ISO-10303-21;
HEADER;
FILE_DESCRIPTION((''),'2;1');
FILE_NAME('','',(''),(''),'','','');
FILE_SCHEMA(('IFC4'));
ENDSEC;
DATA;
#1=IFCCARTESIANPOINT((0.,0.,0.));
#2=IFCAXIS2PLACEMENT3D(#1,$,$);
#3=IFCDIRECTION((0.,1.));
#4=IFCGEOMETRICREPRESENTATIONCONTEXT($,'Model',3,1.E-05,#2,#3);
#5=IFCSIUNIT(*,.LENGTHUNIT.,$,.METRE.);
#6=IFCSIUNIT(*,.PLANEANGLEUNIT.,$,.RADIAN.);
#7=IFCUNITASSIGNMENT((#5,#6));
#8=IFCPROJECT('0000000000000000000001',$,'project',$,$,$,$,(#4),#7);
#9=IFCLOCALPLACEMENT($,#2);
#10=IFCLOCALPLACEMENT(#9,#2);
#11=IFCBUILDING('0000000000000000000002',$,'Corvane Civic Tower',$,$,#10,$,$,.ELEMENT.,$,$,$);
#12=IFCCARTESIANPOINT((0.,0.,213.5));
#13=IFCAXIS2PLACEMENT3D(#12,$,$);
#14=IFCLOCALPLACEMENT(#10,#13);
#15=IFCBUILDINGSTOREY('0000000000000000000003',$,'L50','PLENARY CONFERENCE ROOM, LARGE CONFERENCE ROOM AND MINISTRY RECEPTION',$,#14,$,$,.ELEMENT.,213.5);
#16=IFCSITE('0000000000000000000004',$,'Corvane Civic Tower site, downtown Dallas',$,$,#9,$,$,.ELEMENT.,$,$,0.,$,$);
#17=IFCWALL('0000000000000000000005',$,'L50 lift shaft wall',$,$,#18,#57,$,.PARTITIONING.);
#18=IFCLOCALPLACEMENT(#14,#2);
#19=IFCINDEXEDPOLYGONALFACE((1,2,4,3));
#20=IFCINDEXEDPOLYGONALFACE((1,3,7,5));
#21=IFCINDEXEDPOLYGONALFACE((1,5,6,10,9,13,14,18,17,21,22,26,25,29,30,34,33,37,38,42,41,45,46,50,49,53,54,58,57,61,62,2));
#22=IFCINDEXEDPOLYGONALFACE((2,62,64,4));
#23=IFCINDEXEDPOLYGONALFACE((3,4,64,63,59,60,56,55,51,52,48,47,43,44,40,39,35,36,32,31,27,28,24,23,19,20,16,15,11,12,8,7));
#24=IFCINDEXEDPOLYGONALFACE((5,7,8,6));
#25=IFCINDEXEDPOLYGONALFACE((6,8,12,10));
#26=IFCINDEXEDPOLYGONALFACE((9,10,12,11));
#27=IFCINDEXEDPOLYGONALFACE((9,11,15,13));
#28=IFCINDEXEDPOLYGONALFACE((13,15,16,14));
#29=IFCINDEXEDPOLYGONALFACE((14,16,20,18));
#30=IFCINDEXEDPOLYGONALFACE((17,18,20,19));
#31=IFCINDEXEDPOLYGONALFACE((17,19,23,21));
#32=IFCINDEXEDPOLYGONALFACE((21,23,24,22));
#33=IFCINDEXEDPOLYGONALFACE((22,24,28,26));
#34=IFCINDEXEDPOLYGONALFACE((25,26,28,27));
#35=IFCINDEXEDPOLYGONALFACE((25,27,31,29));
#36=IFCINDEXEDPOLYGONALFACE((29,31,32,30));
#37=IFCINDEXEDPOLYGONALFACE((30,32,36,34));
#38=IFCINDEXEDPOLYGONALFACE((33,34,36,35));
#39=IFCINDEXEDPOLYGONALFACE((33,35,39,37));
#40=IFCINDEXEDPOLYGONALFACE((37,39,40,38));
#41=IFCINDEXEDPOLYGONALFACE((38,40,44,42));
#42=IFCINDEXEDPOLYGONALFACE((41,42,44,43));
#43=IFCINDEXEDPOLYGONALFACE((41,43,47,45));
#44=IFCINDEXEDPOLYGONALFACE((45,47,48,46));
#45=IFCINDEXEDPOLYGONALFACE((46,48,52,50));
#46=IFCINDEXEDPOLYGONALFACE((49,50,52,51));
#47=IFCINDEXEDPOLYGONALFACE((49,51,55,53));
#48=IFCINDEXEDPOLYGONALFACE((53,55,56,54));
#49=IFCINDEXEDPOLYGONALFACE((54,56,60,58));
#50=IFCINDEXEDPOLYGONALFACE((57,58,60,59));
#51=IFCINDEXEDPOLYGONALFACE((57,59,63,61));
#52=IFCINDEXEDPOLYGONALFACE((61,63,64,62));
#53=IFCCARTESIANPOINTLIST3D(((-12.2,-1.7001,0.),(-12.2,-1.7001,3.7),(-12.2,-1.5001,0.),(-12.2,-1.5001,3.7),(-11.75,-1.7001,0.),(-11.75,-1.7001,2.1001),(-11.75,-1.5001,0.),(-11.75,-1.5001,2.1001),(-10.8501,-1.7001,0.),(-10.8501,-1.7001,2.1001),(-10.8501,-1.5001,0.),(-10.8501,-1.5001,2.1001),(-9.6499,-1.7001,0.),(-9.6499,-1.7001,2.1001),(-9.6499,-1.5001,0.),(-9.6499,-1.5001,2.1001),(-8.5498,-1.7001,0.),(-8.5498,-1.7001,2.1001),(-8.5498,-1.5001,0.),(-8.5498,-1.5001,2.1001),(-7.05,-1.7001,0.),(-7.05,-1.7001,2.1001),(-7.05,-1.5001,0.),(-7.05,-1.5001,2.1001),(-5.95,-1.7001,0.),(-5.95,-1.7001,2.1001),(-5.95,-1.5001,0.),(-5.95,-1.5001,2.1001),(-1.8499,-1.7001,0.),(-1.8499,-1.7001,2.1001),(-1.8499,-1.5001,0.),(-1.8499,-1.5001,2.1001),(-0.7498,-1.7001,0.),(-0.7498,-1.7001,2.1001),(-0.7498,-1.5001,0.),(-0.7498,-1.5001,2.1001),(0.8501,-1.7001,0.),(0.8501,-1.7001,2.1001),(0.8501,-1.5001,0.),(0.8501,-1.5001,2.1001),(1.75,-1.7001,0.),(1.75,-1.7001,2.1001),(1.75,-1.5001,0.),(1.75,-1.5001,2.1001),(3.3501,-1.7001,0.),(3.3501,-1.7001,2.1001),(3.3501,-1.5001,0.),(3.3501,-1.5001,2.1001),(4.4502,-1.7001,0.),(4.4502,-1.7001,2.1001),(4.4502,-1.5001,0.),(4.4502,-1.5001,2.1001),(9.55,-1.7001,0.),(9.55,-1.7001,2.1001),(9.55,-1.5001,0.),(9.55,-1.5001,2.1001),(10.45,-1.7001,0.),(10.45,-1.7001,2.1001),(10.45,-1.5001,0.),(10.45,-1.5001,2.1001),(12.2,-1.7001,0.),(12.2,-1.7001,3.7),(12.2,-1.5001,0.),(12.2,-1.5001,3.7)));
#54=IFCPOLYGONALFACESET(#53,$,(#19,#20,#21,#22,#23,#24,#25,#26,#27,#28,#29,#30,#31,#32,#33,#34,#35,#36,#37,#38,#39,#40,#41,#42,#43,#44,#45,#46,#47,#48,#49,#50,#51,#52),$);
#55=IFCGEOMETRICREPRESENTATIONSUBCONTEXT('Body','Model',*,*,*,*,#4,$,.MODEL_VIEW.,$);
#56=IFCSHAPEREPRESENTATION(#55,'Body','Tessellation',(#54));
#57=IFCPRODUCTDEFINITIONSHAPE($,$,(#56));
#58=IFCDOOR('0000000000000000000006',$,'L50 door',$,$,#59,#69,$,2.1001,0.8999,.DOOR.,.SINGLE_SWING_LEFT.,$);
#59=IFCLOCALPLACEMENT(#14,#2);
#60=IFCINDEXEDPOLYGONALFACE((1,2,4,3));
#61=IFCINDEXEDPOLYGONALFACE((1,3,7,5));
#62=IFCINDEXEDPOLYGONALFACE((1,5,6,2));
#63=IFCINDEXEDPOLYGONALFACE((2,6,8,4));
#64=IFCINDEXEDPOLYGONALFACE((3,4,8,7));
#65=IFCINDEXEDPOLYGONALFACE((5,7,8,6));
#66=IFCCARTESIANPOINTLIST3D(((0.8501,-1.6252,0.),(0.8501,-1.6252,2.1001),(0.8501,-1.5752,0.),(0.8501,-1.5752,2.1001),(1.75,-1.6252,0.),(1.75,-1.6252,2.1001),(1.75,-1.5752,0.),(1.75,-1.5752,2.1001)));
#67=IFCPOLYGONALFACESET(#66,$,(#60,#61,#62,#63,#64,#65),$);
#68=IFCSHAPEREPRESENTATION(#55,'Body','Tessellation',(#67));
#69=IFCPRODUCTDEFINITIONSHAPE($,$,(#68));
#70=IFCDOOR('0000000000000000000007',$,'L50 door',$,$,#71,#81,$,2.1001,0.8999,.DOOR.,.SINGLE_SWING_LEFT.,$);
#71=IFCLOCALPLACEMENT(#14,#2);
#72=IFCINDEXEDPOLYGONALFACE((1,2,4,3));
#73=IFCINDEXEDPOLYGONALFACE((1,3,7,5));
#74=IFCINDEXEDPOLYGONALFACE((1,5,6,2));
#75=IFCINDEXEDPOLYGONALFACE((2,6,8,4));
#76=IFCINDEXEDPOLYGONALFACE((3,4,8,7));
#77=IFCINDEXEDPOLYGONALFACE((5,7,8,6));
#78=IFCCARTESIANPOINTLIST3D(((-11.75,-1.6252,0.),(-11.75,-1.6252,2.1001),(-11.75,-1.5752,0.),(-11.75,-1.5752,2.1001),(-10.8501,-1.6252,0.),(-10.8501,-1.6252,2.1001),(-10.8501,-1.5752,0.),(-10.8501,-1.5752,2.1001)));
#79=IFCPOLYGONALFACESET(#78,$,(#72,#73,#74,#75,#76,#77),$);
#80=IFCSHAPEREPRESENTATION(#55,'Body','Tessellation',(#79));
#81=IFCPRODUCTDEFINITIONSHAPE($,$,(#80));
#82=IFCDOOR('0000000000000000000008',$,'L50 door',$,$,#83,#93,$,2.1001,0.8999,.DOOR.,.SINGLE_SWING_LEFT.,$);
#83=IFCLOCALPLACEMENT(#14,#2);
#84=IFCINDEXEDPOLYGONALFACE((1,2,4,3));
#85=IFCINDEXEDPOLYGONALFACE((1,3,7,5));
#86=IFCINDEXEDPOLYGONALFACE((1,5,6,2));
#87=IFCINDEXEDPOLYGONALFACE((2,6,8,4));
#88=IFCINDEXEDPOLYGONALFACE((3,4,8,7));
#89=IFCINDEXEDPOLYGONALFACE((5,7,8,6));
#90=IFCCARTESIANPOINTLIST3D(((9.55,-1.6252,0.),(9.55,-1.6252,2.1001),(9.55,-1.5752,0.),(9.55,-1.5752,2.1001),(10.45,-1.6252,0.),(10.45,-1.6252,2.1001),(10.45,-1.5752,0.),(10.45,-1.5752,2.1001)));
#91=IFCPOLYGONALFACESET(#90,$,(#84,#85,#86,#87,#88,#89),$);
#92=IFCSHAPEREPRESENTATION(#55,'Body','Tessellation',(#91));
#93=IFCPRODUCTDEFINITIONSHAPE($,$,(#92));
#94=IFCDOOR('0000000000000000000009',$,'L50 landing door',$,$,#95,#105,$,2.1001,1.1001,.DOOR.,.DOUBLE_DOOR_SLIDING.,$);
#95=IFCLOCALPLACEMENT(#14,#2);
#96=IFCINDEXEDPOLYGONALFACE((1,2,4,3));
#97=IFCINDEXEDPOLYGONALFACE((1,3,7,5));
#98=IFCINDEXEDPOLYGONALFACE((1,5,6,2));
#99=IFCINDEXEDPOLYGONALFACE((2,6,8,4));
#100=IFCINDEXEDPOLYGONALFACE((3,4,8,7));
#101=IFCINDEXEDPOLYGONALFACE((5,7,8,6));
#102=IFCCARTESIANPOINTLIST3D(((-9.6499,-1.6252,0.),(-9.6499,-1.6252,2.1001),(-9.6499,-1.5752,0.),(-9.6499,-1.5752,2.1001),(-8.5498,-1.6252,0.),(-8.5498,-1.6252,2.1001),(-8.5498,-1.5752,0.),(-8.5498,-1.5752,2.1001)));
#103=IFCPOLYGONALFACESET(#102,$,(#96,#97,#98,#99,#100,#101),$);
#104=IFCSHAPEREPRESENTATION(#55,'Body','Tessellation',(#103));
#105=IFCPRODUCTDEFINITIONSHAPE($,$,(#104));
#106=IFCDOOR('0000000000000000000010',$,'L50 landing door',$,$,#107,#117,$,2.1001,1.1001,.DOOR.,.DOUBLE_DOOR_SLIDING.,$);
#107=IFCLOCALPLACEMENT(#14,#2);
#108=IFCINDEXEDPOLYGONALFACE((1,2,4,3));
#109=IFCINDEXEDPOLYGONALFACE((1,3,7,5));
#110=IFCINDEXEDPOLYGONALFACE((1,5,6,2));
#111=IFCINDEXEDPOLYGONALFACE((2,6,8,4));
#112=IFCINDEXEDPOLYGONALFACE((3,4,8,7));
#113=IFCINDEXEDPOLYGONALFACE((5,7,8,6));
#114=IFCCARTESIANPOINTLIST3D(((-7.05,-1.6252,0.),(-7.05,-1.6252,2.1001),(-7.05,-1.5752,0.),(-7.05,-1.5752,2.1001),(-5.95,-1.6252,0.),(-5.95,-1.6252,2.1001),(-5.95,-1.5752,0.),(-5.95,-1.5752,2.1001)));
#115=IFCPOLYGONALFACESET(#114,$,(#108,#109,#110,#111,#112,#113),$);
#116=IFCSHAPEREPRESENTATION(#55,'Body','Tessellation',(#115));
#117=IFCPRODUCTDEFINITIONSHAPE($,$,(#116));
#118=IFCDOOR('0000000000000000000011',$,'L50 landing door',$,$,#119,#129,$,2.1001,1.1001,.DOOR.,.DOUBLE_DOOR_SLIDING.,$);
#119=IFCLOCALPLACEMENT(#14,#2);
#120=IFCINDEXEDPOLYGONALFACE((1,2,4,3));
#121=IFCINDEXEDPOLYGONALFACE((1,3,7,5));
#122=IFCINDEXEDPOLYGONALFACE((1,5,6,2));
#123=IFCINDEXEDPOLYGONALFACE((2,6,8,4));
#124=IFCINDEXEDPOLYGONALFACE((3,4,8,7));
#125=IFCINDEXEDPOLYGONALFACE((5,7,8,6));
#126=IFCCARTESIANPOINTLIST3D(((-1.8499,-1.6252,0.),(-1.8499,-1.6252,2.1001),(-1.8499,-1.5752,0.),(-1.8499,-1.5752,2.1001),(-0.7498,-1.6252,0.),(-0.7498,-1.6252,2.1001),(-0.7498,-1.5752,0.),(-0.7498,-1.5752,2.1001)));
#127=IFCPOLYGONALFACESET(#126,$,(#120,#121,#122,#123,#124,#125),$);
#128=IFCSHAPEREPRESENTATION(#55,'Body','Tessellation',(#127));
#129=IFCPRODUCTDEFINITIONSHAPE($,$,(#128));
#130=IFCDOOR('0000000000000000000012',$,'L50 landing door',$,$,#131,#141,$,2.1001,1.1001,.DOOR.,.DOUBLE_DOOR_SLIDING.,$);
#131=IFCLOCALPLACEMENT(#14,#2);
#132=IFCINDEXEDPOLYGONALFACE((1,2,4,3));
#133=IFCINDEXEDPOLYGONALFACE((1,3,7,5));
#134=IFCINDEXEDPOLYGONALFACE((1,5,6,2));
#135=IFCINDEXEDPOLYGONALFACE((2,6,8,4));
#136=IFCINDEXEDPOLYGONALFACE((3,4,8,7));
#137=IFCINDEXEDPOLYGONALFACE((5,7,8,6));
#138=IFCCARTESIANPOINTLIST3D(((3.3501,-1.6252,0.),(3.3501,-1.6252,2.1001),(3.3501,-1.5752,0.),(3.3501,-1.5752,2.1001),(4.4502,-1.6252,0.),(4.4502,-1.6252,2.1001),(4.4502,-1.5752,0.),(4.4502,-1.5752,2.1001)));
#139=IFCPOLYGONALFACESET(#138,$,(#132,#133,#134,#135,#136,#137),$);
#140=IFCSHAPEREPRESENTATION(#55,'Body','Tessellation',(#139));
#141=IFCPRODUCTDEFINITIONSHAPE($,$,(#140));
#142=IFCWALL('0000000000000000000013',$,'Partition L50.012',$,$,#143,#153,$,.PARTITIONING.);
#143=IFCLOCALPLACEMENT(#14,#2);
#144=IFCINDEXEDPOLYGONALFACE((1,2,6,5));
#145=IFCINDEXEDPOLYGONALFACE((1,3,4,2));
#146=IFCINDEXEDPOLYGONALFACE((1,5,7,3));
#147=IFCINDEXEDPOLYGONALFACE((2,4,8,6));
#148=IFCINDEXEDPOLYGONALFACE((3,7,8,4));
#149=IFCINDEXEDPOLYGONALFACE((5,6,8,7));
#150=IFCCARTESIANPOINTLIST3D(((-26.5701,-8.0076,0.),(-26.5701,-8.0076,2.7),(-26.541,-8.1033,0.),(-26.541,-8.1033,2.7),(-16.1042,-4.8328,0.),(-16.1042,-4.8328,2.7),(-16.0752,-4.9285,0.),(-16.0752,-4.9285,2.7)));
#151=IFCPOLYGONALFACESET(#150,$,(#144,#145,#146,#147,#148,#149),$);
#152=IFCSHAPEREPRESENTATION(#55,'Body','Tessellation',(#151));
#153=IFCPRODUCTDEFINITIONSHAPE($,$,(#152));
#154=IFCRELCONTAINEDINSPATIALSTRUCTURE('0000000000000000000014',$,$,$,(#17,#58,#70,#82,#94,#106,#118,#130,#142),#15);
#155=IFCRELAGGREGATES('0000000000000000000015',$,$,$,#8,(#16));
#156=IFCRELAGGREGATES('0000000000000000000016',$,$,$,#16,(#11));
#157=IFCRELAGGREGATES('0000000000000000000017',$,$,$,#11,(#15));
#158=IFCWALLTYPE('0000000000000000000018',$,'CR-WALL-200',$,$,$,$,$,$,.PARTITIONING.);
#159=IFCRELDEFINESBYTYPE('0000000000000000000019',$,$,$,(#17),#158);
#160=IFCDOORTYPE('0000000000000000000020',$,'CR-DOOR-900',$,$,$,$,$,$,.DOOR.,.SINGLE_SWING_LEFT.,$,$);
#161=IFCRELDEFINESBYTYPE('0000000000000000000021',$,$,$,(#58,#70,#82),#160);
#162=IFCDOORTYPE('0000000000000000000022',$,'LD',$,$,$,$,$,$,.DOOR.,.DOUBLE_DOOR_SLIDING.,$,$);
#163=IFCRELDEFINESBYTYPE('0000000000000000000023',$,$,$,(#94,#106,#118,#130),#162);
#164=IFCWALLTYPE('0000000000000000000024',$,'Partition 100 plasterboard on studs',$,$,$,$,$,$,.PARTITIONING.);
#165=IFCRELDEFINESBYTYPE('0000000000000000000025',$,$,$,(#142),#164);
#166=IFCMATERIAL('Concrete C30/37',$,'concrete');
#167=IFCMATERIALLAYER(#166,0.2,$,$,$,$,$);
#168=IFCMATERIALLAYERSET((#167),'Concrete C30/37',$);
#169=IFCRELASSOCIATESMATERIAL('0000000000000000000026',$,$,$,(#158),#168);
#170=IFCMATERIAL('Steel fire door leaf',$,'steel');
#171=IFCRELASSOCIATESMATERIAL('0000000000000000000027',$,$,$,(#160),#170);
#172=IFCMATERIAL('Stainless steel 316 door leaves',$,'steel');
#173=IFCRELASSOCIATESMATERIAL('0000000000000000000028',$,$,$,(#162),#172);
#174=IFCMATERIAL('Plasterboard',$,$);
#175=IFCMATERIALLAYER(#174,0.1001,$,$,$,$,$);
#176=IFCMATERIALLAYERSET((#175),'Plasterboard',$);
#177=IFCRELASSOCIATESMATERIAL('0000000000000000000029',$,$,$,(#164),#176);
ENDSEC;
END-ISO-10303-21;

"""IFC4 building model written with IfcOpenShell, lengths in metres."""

from ifc_helpers import new_model, si_unit, direction, frame, frame_2d, origin, place, context, subcontext, project, spatial, rectangle, extrude, material, layer, layer_set, type_object, element, fill, save


model = new_model("IFC4")

# Units and contexts
model_context = context("Model", 3, precision=1e-05, world=origin(), true_north=direction((0.0, 1.0)))
body_context = subcontext(model_context, "Body", "Model", "MODEL_VIEW")
ifc_project = project(units=[si_unit("LENGTHUNIT", "METRE"), si_unit("PLANEANGLEUNIT", "RADIAN")], contexts=[model_context])

# Site, building, storey
site_placement = place(None, origin())
site = spatial("IfcSite", under=ifc_project, at=site_placement, Name="Corvane Civic Tower site, downtown Dallas", CompositionType="ELEMENT", RefElevation=0.0)
building_placement = place(site_placement, origin())
building = spatial("IfcBuilding", under=site, at=building_placement, Name="Corvane Civic Tower", CompositionType="ELEMENT")
storey_placement = place(building_placement, frame((0.0, 0.0, 213.5)))
storey = spatial("IfcBuildingStorey", under=building, at=storey_placement, Name="L50", Description="PLENARY CONFERENCE ROOM, LARGE CONFERENCE ROOM AND MINISTRY RECEPTION", CompositionType="ELEMENT", Elevation=213.5)

# Shared definitions
ifc_material_1 = material(Name="Concrete C30/37", Category="concrete")
ifc_layer_1 = layer(ifc_material_1, 0.2)
ifc_layer_set_1 = layer_set([ifc_layer_1], Name="Concrete C30/37")
wall_type_1 = type_object("IfcWallType", Name="CR-WALL-200", PredefinedType="PARTITIONING", material=ifc_layer_set_1)
ifc_material_2 = material(Name="Steel fire door leaf", Category="steel")
door_type_1 = type_object("IfcDoorType", Name="CR-DOOR-900", OperationType="SINGLE_SWING_LEFT", PredefinedType="DOOR", material=ifc_material_2)

# Wall, openings, doors
wall_1_placement = place(storey_placement, frame((-12.2, -1.6001, 0.0), z_axis=(0.0, 0.0, 1.0), x_axis=(1.0, 0.0, 0.0)))
wall_1 = element("IfcWall", 1, at=wall_1_placement, inside=storey, type_object=wall_type_1, Name="L50 lift shaft wall", PredefinedType="PARTITIONING", context=body_context, shape_type="SweptSolid", body=[
    extrude(rectangle(XDim=24.3999, YDim=0.2, at=frame_2d((12.2, 0.0))), origin(), (0.0, 0.0, 1.0), 3.7),
])
opening_1_placement = place(wall_1_placement, frame((2.55, 0.0, 0.0)))
opening_1 = element("IfcOpeningElement", 2, at=opening_1_placement, cuts=wall_1, PredefinedType="OPENING", context=body_context, shape_type="SweptSolid", body=[
    extrude(rectangle(XDim=1.1001, YDim=2.1001, at=frame_2d((0.55, 1.05))), frame((0.0, 0.1099, 0.0), z_axis=(0.0, -1.0, 0.0), x_axis=(1.0, 0.0, 0.0)), (0.0, 0.0, 1.0), 0.22),
])
opening_2_placement = place(wall_1_placement, frame((5.1499, 0.0, 0.0)))
opening_2 = element("IfcOpeningElement", 3, at=opening_2_placement, cuts=wall_1, PredefinedType="OPENING", context=body_context, shape_type="SweptSolid", body=[
    extrude(rectangle(XDim=1.1001, YDim=2.1001, at=frame_2d((0.55, 1.05))), frame((0.0, 0.1099, 0.0), z_axis=(0.0, -1.0, 0.0), x_axis=(1.0, 0.0, 0.0)), (0.0, 0.0, 1.0), 0.22),
])
opening_3_placement = place(wall_1_placement, frame((10.3501, 0.0, 0.0)))
opening_3 = element("IfcOpeningElement", 4, at=opening_3_placement, cuts=wall_1, PredefinedType="OPENING", context=body_context, shape_type="SweptSolid", body=[
    extrude(rectangle(XDim=1.1001, YDim=2.1001, at=frame_2d((0.55, 1.05))), frame((0.0, 0.1099, 0.0), z_axis=(0.0, -1.0, 0.0), x_axis=(1.0, 0.0, 0.0)), (0.0, 0.0, 1.0), 0.22),
])
opening_4_placement = place(wall_1_placement, frame((13.05, 0.0, 0.0)))
opening_4 = element("IfcOpeningElement", 5, at=opening_4_placement, cuts=wall_1, PredefinedType="OPENING", context=body_context, shape_type="SweptSolid", body=[
    extrude(rectangle(XDim=0.8999, YDim=2.1001, at=frame_2d((0.45, 1.05))), frame((0.0, 0.1099, 0.0), z_axis=(0.0, -1.0, 0.0), x_axis=(1.0, 0.0, 0.0)), (0.0, 0.0, 1.0), 0.22),
])
opening_5_placement = place(wall_1_placement, frame((15.55, 0.0, 0.0)))
opening_5 = element("IfcOpeningElement", 6, at=opening_5_placement, cuts=wall_1, PredefinedType="OPENING", context=body_context, shape_type="SweptSolid", body=[
    extrude(rectangle(XDim=1.1001, YDim=2.1001, at=frame_2d((0.55, 1.05))), frame((0.0, 0.1099, 0.0), z_axis=(0.0, -1.0, 0.0), x_axis=(1.0, 0.0, 0.0)), (0.0, 0.0, 1.0), 0.22),
])
opening_6_placement = place(wall_1_placement, frame((0.45, 0.0, 0.0)))
opening_6 = element("IfcOpeningElement", 7, at=opening_6_placement, cuts=wall_1, PredefinedType="OPENING", context=body_context, shape_type="SweptSolid", body=[
    extrude(rectangle(XDim=0.8999, YDim=2.1001, at=frame_2d((0.45, 1.05))), frame((0.0, 0.1099, 0.0), z_axis=(0.0, -1.0, 0.0), x_axis=(1.0, 0.0, 0.0)), (0.0, 0.0, 1.0), 0.22),
])
opening_7_placement = place(wall_1_placement, frame((21.75, 0.0, 0.0)))
opening_7 = element("IfcOpeningElement", 8, at=opening_7_placement, cuts=wall_1, PredefinedType="OPENING", context=body_context, shape_type="SweptSolid", body=[
    extrude(rectangle(XDim=0.8999, YDim=2.1001, at=frame_2d((0.45, 1.05))), frame((0.0, 0.1099, 0.0), z_axis=(0.0, -1.0, 0.0), x_axis=(1.0, 0.0, 0.0)), (0.0, 0.0, 1.0), 0.22),
])
door_1_placement = place(opening_4_placement, origin())
door_1 = element("IfcDoor", 9, at=door_1_placement, inside=storey, type_object=door_type_1, Name="L50 door", OperationType="SINGLE_SWING_LEFT", OverallHeight=2.1001, OverallWidth=0.8999, PredefinedType="DOOR", context=body_context, shape_type="SweptSolid", body=[
    extrude(rectangle(XDim=0.8999, YDim=2.1001, at=frame_2d((0.45, 1.05))), frame((0.0, 0.0249, 0.0), z_axis=(0.0, -1.0, 0.0), x_axis=(1.0, 0.0, 0.0)), (0.0, 0.0, 1.0), 0.05),
])
fill(opening_4, door_1)
door_2_placement = place(opening_6_placement, origin())
door_2 = element("IfcDoor", 10, at=door_2_placement, inside=storey, type_object=door_type_1, Name="L50 door", OperationType="SINGLE_SWING_LEFT", OverallHeight=2.1001, OverallWidth=0.8999, PredefinedType="DOOR", context=body_context, shape_type="SweptSolid", body=[
    extrude(rectangle(XDim=0.8999, YDim=2.1001, at=frame_2d((0.45, 1.05))), frame((0.0, 0.0249, 0.0), z_axis=(0.0, -1.0, 0.0), x_axis=(1.0, 0.0, 0.0)), (0.0, 0.0, 1.0), 0.05),
])
fill(opening_6, door_2)
door_3_placement = place(opening_7_placement, origin())
door_3 = element("IfcDoor", 11, at=door_3_placement, inside=storey, type_object=door_type_1, Name="L50 door", OperationType="SINGLE_SWING_LEFT", OverallHeight=2.1001, OverallWidth=0.8999, PredefinedType="DOOR", context=body_context, shape_type="SweptSolid", body=[
    extrude(rectangle(XDim=0.8999, YDim=2.1001, at=frame_2d((0.45, 1.05))), frame((0.0, 0.0249, 0.0), z_axis=(0.0, -1.0, 0.0), x_axis=(1.0, 0.0, 0.0)), (0.0, 0.0, 1.0), 0.05),
])
fill(opening_7, door_3)
ifc_material_3 = material(Name="Stainless steel 316 door leaves", Category="steel")
door_type_2 = type_object("IfcDoorType", Name="LD", OperationType="DOUBLE_DOOR_SLIDING", PredefinedType="DOOR", material=ifc_material_3)
door_4_placement = place(opening_1_placement, origin())
door_4 = element("IfcDoor", 12, at=door_4_placement, inside=storey, type_object=door_type_2, Name="L50 landing door", OperationType="DOUBLE_DOOR_SLIDING", OverallHeight=2.1001, OverallWidth=1.1001, PredefinedType="DOOR", context=body_context, shape_type="SweptSolid", body=[
    extrude(rectangle(XDim=1.1001, YDim=2.1001, at=frame_2d((0.55, 1.05))), frame((0.0, 0.0249, 0.0), z_axis=(0.0, -1.0, 0.0), x_axis=(1.0, 0.0, 0.0)), (0.0, 0.0, 1.0), 0.05),
])
fill(opening_1, door_4)
door_5_placement = place(opening_2_placement, origin())
door_5 = element("IfcDoor", 13, at=door_5_placement, inside=storey, type_object=door_type_2, Name="L50 landing door", OperationType="DOUBLE_DOOR_SLIDING", OverallHeight=2.1001, OverallWidth=1.1001, PredefinedType="DOOR", context=body_context, shape_type="SweptSolid", body=[
    extrude(rectangle(XDim=1.1001, YDim=2.1001, at=frame_2d((0.55, 1.05))), frame((0.0, 0.0249, 0.0), z_axis=(0.0, -1.0, 0.0), x_axis=(1.0, 0.0, 0.0)), (0.0, 0.0, 1.0), 0.05),
])
fill(opening_2, door_5)
door_6_placement = place(opening_3_placement, origin())
door_6 = element("IfcDoor", 14, at=door_6_placement, inside=storey, type_object=door_type_2, Name="L50 landing door", OperationType="DOUBLE_DOOR_SLIDING", OverallHeight=2.1001, OverallWidth=1.1001, PredefinedType="DOOR", context=body_context, shape_type="SweptSolid", body=[
    extrude(rectangle(XDim=1.1001, YDim=2.1001, at=frame_2d((0.55, 1.05))), frame((0.0, 0.0249, 0.0), z_axis=(0.0, -1.0, 0.0), x_axis=(1.0, 0.0, 0.0)), (0.0, 0.0, 1.0), 0.05),
])
fill(opening_3, door_6)
door_7_placement = place(opening_5_placement, origin())
door_7 = element("IfcDoor", 15, at=door_7_placement, inside=storey, type_object=door_type_2, Name="L50 landing door", OperationType="DOUBLE_DOOR_SLIDING", OverallHeight=2.1001, OverallWidth=1.1001, PredefinedType="DOOR", context=body_context, shape_type="SweptSolid", body=[
    extrude(rectangle(XDim=1.1001, YDim=2.1001, at=frame_2d((0.55, 1.05))), frame((0.0, 0.0249, 0.0), z_axis=(0.0, -1.0, 0.0), x_axis=(1.0, 0.0, 0.0)), (0.0, 0.0, 1.0), 0.05),
])
fill(opening_5, door_7)

# Wall
ifc_material_4 = material(Name="Plasterboard")
ifc_layer_2 = layer(ifc_material_4, 0.1001)
ifc_layer_set_2 = layer_set([ifc_layer_2], Name="Plasterboard")
wall_type_2 = type_object("IfcWallType", Name="Partition 100 plasterboard on studs", PredefinedType="PARTITIONING", material=ifc_layer_set_2)
wall_2_placement = place(storey_placement, frame((-26.5554, -8.0554, 0.0), z_axis=(0.0, 0.0, 1.0), x_axis=(0.95694, 0.290287, 0.0)))
element("IfcWall", 16, at=wall_2_placement, inside=storey, type_object=wall_type_2, Name="Partition L50.012", PredefinedType="PARTITIONING", context=body_context, shape_type="SweptSolid", body=[
    extrude(rectangle(XDim=10.9368, YDim=0.1001, at=frame_2d((5.4683, 0.0))), origin(), (0.0, 0.0, 1.0), 2.7),
])

save(model, "model.ifc")
